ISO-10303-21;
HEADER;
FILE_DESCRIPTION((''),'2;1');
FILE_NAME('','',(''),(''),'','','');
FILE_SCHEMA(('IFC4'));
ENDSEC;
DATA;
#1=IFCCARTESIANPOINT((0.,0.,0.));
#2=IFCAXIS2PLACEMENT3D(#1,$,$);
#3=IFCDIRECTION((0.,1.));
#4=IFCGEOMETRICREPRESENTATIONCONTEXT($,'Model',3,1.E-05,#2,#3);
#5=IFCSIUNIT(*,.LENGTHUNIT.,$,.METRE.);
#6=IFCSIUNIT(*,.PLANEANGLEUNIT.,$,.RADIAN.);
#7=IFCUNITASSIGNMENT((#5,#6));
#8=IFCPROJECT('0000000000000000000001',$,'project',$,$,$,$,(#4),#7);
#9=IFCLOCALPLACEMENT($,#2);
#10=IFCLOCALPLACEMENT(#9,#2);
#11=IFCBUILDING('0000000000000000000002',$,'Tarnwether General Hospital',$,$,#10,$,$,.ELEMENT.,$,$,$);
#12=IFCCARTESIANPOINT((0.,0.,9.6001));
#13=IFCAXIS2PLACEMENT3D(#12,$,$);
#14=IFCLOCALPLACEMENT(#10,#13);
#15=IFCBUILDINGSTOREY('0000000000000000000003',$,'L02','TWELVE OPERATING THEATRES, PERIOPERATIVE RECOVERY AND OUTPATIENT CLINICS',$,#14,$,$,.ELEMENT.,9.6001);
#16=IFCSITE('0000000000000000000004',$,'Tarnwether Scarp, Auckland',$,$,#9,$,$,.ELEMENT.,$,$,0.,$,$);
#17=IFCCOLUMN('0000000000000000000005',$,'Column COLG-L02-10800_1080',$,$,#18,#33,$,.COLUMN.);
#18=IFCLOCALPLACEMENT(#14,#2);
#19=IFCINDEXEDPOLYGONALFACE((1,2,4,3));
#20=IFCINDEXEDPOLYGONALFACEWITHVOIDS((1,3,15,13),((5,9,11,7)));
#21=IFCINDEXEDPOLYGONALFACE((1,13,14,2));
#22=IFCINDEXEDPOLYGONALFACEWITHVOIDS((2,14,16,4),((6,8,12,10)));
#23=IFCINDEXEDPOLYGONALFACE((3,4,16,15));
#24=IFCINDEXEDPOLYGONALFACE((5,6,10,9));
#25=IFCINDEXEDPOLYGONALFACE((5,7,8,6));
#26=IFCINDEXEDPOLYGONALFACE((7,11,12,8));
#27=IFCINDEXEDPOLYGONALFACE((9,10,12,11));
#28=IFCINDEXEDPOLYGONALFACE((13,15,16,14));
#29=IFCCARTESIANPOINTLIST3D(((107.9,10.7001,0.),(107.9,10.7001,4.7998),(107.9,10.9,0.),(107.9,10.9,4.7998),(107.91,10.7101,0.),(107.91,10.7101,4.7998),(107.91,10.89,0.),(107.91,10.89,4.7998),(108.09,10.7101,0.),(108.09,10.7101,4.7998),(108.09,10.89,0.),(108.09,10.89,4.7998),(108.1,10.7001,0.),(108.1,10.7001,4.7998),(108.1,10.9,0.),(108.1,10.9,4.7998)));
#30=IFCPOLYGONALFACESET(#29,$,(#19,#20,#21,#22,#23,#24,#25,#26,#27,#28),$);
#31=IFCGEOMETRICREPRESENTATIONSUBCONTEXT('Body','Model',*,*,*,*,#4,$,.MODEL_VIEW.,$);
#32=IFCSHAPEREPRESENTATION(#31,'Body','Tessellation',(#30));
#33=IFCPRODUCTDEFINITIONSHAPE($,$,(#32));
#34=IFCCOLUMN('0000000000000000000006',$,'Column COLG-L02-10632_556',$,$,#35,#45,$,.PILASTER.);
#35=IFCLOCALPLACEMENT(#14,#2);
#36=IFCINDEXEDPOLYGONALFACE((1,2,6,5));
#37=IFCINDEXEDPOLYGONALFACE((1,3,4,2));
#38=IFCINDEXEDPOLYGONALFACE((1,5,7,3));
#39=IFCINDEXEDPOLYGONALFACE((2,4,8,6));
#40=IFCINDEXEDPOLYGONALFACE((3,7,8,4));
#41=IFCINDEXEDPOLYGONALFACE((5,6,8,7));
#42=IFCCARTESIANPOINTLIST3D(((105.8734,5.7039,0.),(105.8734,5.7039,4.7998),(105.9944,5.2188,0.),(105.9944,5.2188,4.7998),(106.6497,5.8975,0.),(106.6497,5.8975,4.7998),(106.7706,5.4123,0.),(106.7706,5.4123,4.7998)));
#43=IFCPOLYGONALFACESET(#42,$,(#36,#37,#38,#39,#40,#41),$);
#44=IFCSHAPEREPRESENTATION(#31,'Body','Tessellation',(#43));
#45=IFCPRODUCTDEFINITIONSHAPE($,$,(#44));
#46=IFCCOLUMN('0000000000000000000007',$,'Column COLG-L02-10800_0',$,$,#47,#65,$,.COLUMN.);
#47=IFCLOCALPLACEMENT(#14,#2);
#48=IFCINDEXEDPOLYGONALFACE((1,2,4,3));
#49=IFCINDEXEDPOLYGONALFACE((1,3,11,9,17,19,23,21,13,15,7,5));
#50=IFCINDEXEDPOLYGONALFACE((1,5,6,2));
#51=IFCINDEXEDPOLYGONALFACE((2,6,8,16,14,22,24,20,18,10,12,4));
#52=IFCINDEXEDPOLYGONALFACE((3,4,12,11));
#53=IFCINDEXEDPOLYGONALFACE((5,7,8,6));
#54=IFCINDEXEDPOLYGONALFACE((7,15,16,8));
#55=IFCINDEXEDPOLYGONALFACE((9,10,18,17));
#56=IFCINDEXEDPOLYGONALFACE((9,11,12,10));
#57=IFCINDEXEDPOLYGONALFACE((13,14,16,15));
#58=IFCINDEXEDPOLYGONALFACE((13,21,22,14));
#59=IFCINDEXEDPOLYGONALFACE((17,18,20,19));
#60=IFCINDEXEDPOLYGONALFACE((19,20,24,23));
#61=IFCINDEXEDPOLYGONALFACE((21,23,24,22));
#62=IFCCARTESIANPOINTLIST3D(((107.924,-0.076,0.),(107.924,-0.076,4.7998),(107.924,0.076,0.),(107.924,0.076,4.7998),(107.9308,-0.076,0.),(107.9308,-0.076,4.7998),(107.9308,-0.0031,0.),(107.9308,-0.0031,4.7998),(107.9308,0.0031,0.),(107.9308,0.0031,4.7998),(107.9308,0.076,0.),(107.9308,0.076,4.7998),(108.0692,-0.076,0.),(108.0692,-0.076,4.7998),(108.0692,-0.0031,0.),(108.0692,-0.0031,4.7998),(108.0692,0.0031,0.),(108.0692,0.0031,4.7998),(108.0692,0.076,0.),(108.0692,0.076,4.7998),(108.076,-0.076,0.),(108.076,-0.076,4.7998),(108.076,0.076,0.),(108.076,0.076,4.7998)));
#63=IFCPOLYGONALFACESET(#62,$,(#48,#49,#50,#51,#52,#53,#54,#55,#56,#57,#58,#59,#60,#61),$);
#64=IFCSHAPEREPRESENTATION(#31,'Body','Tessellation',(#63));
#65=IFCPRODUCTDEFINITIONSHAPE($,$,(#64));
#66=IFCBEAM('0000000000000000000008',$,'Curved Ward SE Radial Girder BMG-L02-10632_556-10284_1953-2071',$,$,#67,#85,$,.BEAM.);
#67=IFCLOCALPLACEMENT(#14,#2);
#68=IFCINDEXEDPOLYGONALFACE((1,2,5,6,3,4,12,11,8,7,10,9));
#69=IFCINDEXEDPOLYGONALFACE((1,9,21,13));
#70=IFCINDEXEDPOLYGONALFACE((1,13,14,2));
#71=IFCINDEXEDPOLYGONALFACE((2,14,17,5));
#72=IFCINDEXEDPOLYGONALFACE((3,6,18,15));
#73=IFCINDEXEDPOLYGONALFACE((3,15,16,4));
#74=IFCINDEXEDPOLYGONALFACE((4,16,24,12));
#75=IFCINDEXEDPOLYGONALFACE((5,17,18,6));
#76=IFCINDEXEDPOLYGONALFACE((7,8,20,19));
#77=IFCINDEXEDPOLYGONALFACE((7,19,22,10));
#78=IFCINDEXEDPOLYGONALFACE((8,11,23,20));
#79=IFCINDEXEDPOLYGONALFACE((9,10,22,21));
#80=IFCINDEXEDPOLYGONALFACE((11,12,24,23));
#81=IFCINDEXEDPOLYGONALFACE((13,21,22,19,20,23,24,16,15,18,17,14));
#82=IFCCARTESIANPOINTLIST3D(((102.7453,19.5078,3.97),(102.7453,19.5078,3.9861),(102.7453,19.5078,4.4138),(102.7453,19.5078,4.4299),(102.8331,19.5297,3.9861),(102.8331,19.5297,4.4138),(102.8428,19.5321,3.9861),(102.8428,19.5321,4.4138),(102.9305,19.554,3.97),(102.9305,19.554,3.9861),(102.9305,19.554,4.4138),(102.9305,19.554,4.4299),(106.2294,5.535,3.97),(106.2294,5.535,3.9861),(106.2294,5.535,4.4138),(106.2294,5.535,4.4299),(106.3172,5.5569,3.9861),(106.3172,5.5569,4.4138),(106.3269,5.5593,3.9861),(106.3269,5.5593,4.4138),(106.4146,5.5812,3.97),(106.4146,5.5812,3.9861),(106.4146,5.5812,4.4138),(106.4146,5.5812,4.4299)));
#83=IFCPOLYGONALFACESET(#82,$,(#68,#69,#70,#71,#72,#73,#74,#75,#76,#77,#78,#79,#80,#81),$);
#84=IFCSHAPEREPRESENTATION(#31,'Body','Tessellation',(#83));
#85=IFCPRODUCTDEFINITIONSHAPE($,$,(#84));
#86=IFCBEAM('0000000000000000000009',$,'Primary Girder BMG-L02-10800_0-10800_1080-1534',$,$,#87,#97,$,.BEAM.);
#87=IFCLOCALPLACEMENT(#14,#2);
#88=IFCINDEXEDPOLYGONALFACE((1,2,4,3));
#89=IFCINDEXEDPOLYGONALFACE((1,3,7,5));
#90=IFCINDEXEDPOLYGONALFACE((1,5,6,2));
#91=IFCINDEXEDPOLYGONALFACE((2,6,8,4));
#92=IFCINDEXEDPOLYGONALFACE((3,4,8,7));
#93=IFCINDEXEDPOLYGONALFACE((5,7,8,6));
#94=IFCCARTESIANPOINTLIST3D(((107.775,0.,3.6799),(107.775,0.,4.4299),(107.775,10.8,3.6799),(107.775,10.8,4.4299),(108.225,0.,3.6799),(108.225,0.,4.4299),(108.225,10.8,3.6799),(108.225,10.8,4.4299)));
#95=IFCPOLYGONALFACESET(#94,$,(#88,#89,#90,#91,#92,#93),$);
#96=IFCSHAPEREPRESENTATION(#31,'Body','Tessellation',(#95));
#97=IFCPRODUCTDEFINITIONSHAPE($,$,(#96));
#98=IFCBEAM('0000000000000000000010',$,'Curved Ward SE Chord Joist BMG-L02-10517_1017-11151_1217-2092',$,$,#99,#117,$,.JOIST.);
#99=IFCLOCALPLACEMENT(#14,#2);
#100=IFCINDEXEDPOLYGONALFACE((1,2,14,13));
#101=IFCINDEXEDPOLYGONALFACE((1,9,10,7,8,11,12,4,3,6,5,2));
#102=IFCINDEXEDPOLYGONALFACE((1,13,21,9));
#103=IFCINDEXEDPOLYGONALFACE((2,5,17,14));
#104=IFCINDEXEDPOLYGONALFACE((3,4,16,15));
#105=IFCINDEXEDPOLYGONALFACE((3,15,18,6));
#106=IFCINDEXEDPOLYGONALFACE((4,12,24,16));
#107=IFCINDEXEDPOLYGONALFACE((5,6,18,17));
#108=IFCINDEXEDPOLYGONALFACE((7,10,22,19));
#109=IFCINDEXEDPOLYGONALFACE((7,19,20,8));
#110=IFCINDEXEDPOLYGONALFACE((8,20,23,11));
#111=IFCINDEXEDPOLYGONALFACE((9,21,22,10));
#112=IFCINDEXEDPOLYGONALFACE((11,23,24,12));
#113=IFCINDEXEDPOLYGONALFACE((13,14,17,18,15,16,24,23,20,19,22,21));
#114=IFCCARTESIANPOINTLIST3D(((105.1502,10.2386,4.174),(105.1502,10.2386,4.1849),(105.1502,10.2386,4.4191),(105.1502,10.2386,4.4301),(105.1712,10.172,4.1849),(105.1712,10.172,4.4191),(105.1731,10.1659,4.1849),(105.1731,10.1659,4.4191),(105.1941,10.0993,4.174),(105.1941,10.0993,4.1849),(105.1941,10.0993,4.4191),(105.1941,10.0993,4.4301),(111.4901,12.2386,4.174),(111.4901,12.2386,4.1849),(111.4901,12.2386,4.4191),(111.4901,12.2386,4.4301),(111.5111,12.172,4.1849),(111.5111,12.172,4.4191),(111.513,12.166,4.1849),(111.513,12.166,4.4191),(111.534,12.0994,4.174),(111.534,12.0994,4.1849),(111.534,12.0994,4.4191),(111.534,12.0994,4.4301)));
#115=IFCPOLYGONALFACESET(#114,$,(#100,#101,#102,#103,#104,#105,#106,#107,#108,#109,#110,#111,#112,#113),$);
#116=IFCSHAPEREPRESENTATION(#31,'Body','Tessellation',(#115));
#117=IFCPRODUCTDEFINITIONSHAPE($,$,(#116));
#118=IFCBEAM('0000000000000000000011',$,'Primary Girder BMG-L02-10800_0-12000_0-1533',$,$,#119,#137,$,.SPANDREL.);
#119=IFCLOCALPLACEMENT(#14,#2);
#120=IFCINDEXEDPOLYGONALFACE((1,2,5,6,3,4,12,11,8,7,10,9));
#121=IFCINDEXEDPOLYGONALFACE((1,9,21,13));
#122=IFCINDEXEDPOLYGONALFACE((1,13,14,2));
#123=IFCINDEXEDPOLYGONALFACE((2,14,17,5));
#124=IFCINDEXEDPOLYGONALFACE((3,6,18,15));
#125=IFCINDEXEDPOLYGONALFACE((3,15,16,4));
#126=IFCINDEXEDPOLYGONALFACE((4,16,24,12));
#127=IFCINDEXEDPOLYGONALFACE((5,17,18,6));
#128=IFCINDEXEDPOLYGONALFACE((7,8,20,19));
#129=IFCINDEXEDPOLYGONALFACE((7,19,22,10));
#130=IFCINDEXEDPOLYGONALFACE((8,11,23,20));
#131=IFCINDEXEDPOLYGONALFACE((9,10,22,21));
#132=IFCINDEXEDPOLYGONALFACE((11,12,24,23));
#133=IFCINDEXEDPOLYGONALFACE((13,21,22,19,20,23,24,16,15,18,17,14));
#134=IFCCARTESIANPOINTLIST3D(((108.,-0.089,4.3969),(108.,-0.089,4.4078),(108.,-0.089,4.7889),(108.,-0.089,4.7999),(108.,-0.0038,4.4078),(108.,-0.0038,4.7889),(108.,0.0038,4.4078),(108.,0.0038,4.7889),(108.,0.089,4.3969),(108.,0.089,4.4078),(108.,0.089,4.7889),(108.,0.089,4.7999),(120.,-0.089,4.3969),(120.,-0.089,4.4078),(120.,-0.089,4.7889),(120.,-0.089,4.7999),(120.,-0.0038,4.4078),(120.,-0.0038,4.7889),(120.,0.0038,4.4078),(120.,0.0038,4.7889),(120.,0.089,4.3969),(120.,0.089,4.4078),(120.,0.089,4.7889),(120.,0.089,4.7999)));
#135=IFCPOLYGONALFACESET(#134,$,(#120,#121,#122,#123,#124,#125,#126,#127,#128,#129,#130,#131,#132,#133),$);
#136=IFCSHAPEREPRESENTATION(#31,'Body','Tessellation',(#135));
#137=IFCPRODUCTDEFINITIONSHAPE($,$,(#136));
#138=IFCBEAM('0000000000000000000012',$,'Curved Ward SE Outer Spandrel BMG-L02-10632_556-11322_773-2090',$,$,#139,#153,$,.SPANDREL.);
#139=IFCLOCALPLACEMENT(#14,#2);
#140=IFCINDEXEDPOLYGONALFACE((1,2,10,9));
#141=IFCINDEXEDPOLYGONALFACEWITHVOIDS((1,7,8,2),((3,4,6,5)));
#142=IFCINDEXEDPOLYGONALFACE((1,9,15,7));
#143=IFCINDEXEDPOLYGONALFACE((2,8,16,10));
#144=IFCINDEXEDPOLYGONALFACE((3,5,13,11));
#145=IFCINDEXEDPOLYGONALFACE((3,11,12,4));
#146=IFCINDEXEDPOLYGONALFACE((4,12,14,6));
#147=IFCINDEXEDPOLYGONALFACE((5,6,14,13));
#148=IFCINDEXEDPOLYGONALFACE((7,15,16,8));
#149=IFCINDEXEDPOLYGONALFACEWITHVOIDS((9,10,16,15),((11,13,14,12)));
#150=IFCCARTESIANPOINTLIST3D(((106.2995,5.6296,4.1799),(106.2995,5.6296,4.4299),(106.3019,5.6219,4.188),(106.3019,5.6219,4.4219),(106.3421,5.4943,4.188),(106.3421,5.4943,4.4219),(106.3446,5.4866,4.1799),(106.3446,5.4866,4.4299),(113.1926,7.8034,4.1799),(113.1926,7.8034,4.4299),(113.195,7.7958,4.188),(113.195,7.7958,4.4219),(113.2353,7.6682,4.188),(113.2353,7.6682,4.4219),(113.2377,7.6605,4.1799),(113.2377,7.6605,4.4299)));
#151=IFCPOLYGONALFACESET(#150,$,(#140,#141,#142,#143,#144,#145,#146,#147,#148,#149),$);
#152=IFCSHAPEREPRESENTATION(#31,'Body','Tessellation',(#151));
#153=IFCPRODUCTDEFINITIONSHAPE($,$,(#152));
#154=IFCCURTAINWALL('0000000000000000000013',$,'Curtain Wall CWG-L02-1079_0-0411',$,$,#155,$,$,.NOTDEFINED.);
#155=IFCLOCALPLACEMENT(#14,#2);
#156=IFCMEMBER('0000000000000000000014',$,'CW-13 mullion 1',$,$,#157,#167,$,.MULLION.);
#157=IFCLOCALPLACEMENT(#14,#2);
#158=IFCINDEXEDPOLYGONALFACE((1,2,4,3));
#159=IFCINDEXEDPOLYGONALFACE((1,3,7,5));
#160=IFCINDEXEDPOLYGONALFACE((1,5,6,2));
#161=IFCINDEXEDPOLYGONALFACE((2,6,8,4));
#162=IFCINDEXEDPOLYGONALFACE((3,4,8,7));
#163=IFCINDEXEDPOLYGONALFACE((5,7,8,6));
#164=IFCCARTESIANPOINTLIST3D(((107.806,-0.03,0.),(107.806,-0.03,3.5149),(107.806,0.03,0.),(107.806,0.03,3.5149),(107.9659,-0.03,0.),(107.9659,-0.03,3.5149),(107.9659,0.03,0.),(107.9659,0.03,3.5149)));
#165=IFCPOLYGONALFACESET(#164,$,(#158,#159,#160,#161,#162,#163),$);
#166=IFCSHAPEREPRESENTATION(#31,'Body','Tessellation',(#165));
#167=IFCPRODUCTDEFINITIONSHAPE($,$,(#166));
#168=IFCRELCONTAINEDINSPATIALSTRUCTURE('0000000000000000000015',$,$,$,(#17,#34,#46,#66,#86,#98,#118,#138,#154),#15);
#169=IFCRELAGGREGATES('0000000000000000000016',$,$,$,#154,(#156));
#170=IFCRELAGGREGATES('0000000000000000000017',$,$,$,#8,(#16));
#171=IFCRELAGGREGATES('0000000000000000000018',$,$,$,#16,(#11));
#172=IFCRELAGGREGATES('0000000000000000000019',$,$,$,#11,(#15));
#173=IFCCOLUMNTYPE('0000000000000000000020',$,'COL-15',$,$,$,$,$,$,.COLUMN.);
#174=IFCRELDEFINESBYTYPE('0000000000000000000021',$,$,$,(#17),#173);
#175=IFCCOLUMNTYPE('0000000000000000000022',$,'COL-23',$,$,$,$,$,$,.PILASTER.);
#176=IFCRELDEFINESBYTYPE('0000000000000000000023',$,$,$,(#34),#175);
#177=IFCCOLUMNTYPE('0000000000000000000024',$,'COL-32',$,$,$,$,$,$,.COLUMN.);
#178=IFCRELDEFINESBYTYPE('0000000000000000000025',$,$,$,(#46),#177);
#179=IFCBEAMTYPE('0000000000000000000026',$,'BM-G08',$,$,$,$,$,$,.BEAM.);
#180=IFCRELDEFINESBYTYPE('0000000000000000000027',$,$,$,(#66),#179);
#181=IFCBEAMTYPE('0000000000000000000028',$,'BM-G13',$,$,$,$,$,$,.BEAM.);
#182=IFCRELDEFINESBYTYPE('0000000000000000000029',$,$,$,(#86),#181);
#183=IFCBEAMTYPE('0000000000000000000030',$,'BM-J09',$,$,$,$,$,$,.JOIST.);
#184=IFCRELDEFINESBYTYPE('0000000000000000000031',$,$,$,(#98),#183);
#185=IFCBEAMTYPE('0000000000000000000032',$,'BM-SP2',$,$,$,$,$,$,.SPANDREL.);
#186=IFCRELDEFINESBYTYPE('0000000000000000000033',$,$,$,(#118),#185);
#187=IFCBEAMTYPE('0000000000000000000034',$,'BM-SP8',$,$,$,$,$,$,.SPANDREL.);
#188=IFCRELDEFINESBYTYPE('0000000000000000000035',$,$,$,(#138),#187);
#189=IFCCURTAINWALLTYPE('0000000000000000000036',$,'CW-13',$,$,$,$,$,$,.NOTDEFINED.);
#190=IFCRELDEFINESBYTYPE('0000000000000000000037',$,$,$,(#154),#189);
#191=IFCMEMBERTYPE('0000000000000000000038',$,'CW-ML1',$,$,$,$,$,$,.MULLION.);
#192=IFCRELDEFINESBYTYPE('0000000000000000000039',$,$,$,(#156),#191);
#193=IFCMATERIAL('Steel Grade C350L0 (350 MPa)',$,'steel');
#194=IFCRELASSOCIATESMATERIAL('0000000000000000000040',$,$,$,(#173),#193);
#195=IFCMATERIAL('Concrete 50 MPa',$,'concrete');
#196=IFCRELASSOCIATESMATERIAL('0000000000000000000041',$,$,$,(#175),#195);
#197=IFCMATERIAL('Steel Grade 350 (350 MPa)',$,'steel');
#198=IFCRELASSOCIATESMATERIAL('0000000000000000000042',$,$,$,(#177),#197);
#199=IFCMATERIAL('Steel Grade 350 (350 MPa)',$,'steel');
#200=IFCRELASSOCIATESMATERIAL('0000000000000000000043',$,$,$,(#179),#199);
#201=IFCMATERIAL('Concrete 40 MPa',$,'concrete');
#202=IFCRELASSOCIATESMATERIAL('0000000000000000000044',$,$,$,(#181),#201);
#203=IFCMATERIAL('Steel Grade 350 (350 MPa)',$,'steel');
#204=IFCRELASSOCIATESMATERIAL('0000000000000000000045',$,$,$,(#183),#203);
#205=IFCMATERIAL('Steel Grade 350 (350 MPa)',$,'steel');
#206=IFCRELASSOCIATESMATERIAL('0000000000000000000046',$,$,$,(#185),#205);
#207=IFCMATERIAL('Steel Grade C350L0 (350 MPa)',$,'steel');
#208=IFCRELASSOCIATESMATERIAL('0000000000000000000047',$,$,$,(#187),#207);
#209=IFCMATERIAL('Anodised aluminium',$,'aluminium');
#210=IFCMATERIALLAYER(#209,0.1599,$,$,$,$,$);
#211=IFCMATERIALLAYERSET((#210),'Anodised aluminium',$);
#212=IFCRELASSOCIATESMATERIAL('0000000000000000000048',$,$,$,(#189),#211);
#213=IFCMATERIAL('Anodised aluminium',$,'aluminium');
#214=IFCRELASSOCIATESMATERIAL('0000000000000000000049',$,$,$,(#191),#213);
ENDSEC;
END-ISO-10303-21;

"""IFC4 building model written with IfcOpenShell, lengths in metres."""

from ifc_helpers import new_model, si_unit, direction, frame, origin, origin_2d, place, context, subcontext, project, spatial, rectangle, hollow_rectangle, i_section, extrude, material, layer, layer_set, material_profile, profile_set, type_object, element, aggregate, save


model = new_model("IFC4")

# Units and contexts
model_context = context("Model", 3, precision=1e-05, world=origin(), true_north=direction((0.0, 1.0)))
body_context = subcontext(model_context, "Body", "Model", "MODEL_VIEW")
ifc_project = project(units=[si_unit("LENGTHUNIT", "METRE"), si_unit("PLANEANGLEUNIT", "RADIAN")], contexts=[model_context])

# Site, building, storey
site_placement = place(None, origin())
site = spatial("IfcSite", under=ifc_project, at=site_placement, Name="Tarnwether Scarp, Auckland", CompositionType="ELEMENT", RefElevation=0.0)
building_placement = place(site_placement, origin())
building = spatial("IfcBuilding", under=site, at=building_placement, Name="Tarnwether General Hospital", CompositionType="ELEMENT")
storey_placement = place(building_placement, frame((0.0, 0.0, 9.6001)))
storey = spatial("IfcBuildingStorey", under=building, at=storey_placement, Name="L02", Description="TWELVE OPERATING THEATRES, PERIOPERATIVE RECOVERY AND OUTPATIENT CLINICS", CompositionType="ELEMENT", Elevation=9.6001)

# Columns
ifc_material_1 = material(Name="Steel Grade C350L0 (350 MPa)", Category="steel")
ifc_material_profile_1 = material_profile(ifc_material_1, hollow_rectangle(XDim=0.2, YDim=0.2, WallThickness=0.01, at=origin_2d()), Name="SHS200x200x10")
ifc_profile_set_1 = profile_set([ifc_material_profile_1], Name="Steel Grade C350L0 (350 MPa)")
column_type_1 = type_object("IfcColumnType", Name="COL-15", PredefinedType="COLUMN", material=ifc_profile_set_1)
column_1_placement = place(storey_placement, frame((108.0, 10.8, 0.0), z_axis=(0.0, 0.0, 1.0), x_axis=(0.0, 1.0, 0.0)))
element("IfcColumn", 1, at=column_1_placement, inside=storey, type_object=column_type_1, Name="Column COLG-L02-10800_1080", PredefinedType="COLUMN", context=body_context, shape_type="SweptSolid", body=[
    extrude(hollow_rectangle(XDim=0.2, YDim=0.2, WallThickness=0.01, at=origin_2d()), origin(), (0.0, 0.0, 1.0), 4.7998),
])
ifc_material_2 = material(Name="Concrete 50 MPa", Category="concrete")
ifc_material_profile_2 = material_profile(ifc_material_2, rectangle(XDim=0.5, YDim=0.8, at=origin_2d()), Name="RC-PIL-500x800")
ifc_profile_set_2 = profile_set([ifc_material_profile_2], Name="Concrete 50 MPa")
column_type_2 = type_object("IfcColumnType", Name="COL-23", PredefinedType="PILASTER", material=ifc_profile_set_2)
column_2_placement = place(storey_placement, frame((106.322, 5.5581, 0.0), z_axis=(0.0, 0.0, 1.0), x_axis=(-0.241922, 0.970296, 0.0)))
element("IfcColumn", 2, at=column_2_placement, inside=storey, type_object=column_type_2, Name="Column COLG-L02-10632_556", PredefinedType="PILASTER", context=body_context, shape_type="SweptSolid", body=[
    extrude(rectangle(XDim=0.5, YDim=0.8, at=origin_2d()), origin(), (0.0, 0.0, 1.0), 4.7998),
])
ifc_material_3 = material(Name="Steel Grade 350 (350 MPa)", Category="steel")
ifc_material_profile_3 = material_profile(ifc_material_3, i_section(OverallWidth=0.1521, OverallDepth=0.1521, WebThickness=0.0061, FlangeThickness=0.0068, at=origin_2d()), Name="150UC23.4")
ifc_profile_set_3 = profile_set([ifc_material_profile_3], Name="Steel Grade 350 (350 MPa)")
column_type_3 = type_object("IfcColumnType", Name="COL-32", PredefinedType="COLUMN", material=ifc_profile_set_3)
column_3_placement = place(storey_placement, frame((108.0, 0.0, 0.0), z_axis=(0.0, 0.0, 1.0), x_axis=(0.0, 1.0, 0.0)))
element("IfcColumn", 3, at=column_3_placement, inside=storey, type_object=column_type_3, Name="Column COLG-L02-10800_0", PredefinedType="COLUMN", context=body_context, shape_type="SweptSolid", body=[
    extrude(i_section(OverallWidth=0.1521, OverallDepth=0.1521, WebThickness=0.0061, FlangeThickness=0.0068, at=origin_2d()), origin(), (0.0, 0.0, 1.0), 4.7998),
])

# Beams
ifc_material_4 = material(Name="Steel Grade 350 (350 MPa)", Category="steel")
ifc_material_profile_4 = material_profile(ifc_material_4, i_section(OverallWidth=0.1909, OverallDepth=0.46, WebThickness=0.01, FlangeThickness=0.0161, at=origin_2d()), Name="460UB82.1")
ifc_profile_set_4 = profile_set([ifc_material_profile_4], Name="Steel Grade 350 (350 MPa)")
beam_type_1 = type_object("IfcBeamType", Name="BM-G08", PredefinedType="BEAM", material=ifc_profile_set_4)
beam_1_placement = place(storey_placement, frame((106.322, 5.5581, 4.2), z_axis=(-0.241941, 0.970291, 0.0), x_axis=(-0.970291, -0.241941, 0.0)))
element("IfcBeam", 4, at=beam_1_placement, inside=storey, type_object=beam_type_1, Name="Curved Ward SE Radial Girder BMG-L02-10632_556-10284_1953-2071", PredefinedType="BEAM", context=body_context, shape_type="SweptSolid", body=[
    extrude(i_section(OverallWidth=0.1909, OverallDepth=0.46, WebThickness=0.01, FlangeThickness=0.0161, at=origin_2d()), origin(), (0.0, 0.0, 1.0), 14.4006),
])
ifc_material_5 = material(Name="Concrete 40 MPa", Category="concrete")
ifc_material_profile_5 = material_profile(ifc_material_5, rectangle(XDim=0.45, YDim=0.75, at=origin_2d()), Name="RC-BM-450x750")
ifc_profile_set_5 = profile_set([ifc_material_profile_5], Name="Concrete 40 MPa")
beam_type_2 = type_object("IfcBeamType", Name="BM-G13", PredefinedType="BEAM", material=ifc_profile_set_5)
beam_2_placement = place(storey_placement, frame((108.0, 0.0, 4.0549), z_axis=(0.0, 1.0, 0.0), x_axis=(-1.0, 0.0, 0.0)))
element("IfcBeam", 5, at=beam_2_placement, inside=storey, type_object=beam_type_2, Name="Primary Girder BMG-L02-10800_0-10800_1080-1534", PredefinedType="BEAM", context=body_context, shape_type="SweptSolid", body=[
    extrude(rectangle(XDim=0.45, YDim=0.75, at=origin_2d()), origin(), (0.0, 0.0, 1.0), 10.8),
])
ifc_material_6 = material(Name="Steel Grade 350 (350 MPa)", Category="steel")
ifc_material_profile_6 = material_profile(ifc_material_6, i_section(OverallWidth=0.146, OverallDepth=0.2561, WebThickness=0.0063, FlangeThickness=0.011, at=origin_2d()), Name="250UB37.3")
ifc_profile_set_6 = profile_set([ifc_material_profile_6], Name="Steel Grade 350 (350 MPa)")
beam_type_3 = type_object("IfcBeamType", Name="BM-J09", PredefinedType="JOIST", material=ifc_profile_set_6)
beam_3_placement = place(storey_placement, frame((105.1721, 10.1689, 4.302), z_axis=(0.953671, 0.30085, 0.0), x_axis=(-0.30085, 0.953671, 0.0)))
element("IfcBeam", 6, at=beam_3_placement, inside=storey, type_object=beam_type_3, Name="Curved Ward SE Chord Joist BMG-L02-10517_1017-11151_1217-2092", PredefinedType="JOIST", context=body_context, shape_type="SweptSolid", body=[
    extrude(i_section(OverallWidth=0.146, OverallDepth=0.2561, WebThickness=0.0063, FlangeThickness=0.011, at=origin_2d()), origin(), (0.0, 0.0, 1.0), 6.6479),
])
ifc_material_7 = material(Name="Steel Grade 350 (350 MPa)", Category="steel")
ifc_material_profile_7 = material_profile(ifc_material_7, i_section(OverallWidth=0.178, OverallDepth=0.4031, WebThickness=0.0076, FlangeThickness=0.011, at=origin_2d()), Name="410UB53.7")
ifc_profile_set_7 = profile_set([ifc_material_profile_7], Name="Steel Grade 350 (350 MPa)")
beam_type_4 = type_object("IfcBeamType", Name="BM-SP2", PredefinedType="SPANDREL", material=ifc_profile_set_7)
beam_4_placement = place(storey_placement, frame((108.0, 0.0, 4.5984), z_axis=(1.0, 0.0, 0.0), x_axis=(0.0, 1.0, 0.0)))
element("IfcBeam", 7, at=beam_4_placement, inside=storey, type_object=beam_type_4, Name="Primary Girder BMG-L02-10800_0-12000_0-1533", PredefinedType="SPANDREL", context=body_context, shape_type="SweptSolid", body=[
    extrude(i_section(OverallWidth=0.178, OverallDepth=0.4031, WebThickness=0.0076, FlangeThickness=0.011, at=origin_2d()), origin(), (0.0, 0.0, 1.0), 12.0),
])
ifc_material_8 = material(Name="Steel Grade C350L0 (350 MPa)", Category="steel")
ifc_material_profile_8 = material_profile(ifc_material_8, hollow_rectangle(XDim=0.1499, YDim=0.25, WallThickness=0.0081, at=origin_2d()), Name="RHS250x150x8")
ifc_profile_set_8 = profile_set([ifc_material_profile_8], Name="Steel Grade C350L0 (350 MPa)")
beam_type_5 = type_object("IfcBeamType", Name="BM-SP8", PredefinedType="SPANDREL", material=ifc_profile_set_8)
beam_5_placement = place(storey_placement, frame((106.322, 5.5581, 4.3049), z_axis=(0.953699, 0.300763, 0.0), x_axis=(-0.300763, 0.953699, 0.0)))
element("IfcBeam", 8, at=beam_5_placement, inside=storey, type_object=beam_type_5, Name="Curved Ward SE Outer Spandrel BMG-L02-10632_556-11322_773-2090", PredefinedType="SPANDREL", context=body_context, shape_type="SweptSolid", body=[
    extrude(hollow_rectangle(XDim=0.1499, YDim=0.25, WallThickness=0.0081, at=origin_2d()), origin(), (0.0, 0.0, 1.0), 7.2278),
])

# Curtain wall, member
ifc_material_9 = material(Name="Anodised aluminium", Category="aluminium")
ifc_layer_1 = layer(ifc_material_9, 0.1599)
ifc_layer_set_1 = layer_set([ifc_layer_1], Name="Anodised aluminium")
curtain_wall_type = type_object("IfcCurtainWallType", Name="CW-13", PredefinedType="NOTDEFINED", material=ifc_layer_set_1)
curtain_wall_placement = place(storey_placement, origin())
curtain_wall = element("IfcCurtainWall", 9, at=curtain_wall_placement, inside=storey, type_object=curtain_wall_type, Name="Curtain Wall CWG-L02-1079_0-0411", PredefinedType="NOTDEFINED")
ifc_material_10 = material(Name="Anodised aluminium", Category="aluminium")
ifc_material_profile_9 = material_profile(ifc_material_10, rectangle(XDim=0.0601, YDim=0.1599, at=origin_2d()), Name="ALU-MUL-60x160")
ifc_profile_set_9 = profile_set([ifc_material_profile_9], Name="Anodised aluminium")
member_type_1 = type_object("IfcMemberType", Name="CW-ML1", PredefinedType="MULLION", material=ifc_profile_set_9)
member_1_placement = place(storey_placement, frame((107.886, 0.0, 0.0), z_axis=(0.0, 0.0, 1.0), x_axis=(0.0, -1.0, 0.0)))
member_1 = element("IfcMember", 10, at=member_1_placement, type_object=member_type_1, Name="CW-13 mullion 1", PredefinedType="MULLION", context=body_context, shape_type="SweptSolid", body=[
    extrude(rectangle(XDim=0.0601, YDim=0.1599, at=origin_2d()), origin(), (0.0, 0.0, 1.0), 3.5149),
])
aggregate(curtain_wall, [member_1])

save(model, "model.ifc")
